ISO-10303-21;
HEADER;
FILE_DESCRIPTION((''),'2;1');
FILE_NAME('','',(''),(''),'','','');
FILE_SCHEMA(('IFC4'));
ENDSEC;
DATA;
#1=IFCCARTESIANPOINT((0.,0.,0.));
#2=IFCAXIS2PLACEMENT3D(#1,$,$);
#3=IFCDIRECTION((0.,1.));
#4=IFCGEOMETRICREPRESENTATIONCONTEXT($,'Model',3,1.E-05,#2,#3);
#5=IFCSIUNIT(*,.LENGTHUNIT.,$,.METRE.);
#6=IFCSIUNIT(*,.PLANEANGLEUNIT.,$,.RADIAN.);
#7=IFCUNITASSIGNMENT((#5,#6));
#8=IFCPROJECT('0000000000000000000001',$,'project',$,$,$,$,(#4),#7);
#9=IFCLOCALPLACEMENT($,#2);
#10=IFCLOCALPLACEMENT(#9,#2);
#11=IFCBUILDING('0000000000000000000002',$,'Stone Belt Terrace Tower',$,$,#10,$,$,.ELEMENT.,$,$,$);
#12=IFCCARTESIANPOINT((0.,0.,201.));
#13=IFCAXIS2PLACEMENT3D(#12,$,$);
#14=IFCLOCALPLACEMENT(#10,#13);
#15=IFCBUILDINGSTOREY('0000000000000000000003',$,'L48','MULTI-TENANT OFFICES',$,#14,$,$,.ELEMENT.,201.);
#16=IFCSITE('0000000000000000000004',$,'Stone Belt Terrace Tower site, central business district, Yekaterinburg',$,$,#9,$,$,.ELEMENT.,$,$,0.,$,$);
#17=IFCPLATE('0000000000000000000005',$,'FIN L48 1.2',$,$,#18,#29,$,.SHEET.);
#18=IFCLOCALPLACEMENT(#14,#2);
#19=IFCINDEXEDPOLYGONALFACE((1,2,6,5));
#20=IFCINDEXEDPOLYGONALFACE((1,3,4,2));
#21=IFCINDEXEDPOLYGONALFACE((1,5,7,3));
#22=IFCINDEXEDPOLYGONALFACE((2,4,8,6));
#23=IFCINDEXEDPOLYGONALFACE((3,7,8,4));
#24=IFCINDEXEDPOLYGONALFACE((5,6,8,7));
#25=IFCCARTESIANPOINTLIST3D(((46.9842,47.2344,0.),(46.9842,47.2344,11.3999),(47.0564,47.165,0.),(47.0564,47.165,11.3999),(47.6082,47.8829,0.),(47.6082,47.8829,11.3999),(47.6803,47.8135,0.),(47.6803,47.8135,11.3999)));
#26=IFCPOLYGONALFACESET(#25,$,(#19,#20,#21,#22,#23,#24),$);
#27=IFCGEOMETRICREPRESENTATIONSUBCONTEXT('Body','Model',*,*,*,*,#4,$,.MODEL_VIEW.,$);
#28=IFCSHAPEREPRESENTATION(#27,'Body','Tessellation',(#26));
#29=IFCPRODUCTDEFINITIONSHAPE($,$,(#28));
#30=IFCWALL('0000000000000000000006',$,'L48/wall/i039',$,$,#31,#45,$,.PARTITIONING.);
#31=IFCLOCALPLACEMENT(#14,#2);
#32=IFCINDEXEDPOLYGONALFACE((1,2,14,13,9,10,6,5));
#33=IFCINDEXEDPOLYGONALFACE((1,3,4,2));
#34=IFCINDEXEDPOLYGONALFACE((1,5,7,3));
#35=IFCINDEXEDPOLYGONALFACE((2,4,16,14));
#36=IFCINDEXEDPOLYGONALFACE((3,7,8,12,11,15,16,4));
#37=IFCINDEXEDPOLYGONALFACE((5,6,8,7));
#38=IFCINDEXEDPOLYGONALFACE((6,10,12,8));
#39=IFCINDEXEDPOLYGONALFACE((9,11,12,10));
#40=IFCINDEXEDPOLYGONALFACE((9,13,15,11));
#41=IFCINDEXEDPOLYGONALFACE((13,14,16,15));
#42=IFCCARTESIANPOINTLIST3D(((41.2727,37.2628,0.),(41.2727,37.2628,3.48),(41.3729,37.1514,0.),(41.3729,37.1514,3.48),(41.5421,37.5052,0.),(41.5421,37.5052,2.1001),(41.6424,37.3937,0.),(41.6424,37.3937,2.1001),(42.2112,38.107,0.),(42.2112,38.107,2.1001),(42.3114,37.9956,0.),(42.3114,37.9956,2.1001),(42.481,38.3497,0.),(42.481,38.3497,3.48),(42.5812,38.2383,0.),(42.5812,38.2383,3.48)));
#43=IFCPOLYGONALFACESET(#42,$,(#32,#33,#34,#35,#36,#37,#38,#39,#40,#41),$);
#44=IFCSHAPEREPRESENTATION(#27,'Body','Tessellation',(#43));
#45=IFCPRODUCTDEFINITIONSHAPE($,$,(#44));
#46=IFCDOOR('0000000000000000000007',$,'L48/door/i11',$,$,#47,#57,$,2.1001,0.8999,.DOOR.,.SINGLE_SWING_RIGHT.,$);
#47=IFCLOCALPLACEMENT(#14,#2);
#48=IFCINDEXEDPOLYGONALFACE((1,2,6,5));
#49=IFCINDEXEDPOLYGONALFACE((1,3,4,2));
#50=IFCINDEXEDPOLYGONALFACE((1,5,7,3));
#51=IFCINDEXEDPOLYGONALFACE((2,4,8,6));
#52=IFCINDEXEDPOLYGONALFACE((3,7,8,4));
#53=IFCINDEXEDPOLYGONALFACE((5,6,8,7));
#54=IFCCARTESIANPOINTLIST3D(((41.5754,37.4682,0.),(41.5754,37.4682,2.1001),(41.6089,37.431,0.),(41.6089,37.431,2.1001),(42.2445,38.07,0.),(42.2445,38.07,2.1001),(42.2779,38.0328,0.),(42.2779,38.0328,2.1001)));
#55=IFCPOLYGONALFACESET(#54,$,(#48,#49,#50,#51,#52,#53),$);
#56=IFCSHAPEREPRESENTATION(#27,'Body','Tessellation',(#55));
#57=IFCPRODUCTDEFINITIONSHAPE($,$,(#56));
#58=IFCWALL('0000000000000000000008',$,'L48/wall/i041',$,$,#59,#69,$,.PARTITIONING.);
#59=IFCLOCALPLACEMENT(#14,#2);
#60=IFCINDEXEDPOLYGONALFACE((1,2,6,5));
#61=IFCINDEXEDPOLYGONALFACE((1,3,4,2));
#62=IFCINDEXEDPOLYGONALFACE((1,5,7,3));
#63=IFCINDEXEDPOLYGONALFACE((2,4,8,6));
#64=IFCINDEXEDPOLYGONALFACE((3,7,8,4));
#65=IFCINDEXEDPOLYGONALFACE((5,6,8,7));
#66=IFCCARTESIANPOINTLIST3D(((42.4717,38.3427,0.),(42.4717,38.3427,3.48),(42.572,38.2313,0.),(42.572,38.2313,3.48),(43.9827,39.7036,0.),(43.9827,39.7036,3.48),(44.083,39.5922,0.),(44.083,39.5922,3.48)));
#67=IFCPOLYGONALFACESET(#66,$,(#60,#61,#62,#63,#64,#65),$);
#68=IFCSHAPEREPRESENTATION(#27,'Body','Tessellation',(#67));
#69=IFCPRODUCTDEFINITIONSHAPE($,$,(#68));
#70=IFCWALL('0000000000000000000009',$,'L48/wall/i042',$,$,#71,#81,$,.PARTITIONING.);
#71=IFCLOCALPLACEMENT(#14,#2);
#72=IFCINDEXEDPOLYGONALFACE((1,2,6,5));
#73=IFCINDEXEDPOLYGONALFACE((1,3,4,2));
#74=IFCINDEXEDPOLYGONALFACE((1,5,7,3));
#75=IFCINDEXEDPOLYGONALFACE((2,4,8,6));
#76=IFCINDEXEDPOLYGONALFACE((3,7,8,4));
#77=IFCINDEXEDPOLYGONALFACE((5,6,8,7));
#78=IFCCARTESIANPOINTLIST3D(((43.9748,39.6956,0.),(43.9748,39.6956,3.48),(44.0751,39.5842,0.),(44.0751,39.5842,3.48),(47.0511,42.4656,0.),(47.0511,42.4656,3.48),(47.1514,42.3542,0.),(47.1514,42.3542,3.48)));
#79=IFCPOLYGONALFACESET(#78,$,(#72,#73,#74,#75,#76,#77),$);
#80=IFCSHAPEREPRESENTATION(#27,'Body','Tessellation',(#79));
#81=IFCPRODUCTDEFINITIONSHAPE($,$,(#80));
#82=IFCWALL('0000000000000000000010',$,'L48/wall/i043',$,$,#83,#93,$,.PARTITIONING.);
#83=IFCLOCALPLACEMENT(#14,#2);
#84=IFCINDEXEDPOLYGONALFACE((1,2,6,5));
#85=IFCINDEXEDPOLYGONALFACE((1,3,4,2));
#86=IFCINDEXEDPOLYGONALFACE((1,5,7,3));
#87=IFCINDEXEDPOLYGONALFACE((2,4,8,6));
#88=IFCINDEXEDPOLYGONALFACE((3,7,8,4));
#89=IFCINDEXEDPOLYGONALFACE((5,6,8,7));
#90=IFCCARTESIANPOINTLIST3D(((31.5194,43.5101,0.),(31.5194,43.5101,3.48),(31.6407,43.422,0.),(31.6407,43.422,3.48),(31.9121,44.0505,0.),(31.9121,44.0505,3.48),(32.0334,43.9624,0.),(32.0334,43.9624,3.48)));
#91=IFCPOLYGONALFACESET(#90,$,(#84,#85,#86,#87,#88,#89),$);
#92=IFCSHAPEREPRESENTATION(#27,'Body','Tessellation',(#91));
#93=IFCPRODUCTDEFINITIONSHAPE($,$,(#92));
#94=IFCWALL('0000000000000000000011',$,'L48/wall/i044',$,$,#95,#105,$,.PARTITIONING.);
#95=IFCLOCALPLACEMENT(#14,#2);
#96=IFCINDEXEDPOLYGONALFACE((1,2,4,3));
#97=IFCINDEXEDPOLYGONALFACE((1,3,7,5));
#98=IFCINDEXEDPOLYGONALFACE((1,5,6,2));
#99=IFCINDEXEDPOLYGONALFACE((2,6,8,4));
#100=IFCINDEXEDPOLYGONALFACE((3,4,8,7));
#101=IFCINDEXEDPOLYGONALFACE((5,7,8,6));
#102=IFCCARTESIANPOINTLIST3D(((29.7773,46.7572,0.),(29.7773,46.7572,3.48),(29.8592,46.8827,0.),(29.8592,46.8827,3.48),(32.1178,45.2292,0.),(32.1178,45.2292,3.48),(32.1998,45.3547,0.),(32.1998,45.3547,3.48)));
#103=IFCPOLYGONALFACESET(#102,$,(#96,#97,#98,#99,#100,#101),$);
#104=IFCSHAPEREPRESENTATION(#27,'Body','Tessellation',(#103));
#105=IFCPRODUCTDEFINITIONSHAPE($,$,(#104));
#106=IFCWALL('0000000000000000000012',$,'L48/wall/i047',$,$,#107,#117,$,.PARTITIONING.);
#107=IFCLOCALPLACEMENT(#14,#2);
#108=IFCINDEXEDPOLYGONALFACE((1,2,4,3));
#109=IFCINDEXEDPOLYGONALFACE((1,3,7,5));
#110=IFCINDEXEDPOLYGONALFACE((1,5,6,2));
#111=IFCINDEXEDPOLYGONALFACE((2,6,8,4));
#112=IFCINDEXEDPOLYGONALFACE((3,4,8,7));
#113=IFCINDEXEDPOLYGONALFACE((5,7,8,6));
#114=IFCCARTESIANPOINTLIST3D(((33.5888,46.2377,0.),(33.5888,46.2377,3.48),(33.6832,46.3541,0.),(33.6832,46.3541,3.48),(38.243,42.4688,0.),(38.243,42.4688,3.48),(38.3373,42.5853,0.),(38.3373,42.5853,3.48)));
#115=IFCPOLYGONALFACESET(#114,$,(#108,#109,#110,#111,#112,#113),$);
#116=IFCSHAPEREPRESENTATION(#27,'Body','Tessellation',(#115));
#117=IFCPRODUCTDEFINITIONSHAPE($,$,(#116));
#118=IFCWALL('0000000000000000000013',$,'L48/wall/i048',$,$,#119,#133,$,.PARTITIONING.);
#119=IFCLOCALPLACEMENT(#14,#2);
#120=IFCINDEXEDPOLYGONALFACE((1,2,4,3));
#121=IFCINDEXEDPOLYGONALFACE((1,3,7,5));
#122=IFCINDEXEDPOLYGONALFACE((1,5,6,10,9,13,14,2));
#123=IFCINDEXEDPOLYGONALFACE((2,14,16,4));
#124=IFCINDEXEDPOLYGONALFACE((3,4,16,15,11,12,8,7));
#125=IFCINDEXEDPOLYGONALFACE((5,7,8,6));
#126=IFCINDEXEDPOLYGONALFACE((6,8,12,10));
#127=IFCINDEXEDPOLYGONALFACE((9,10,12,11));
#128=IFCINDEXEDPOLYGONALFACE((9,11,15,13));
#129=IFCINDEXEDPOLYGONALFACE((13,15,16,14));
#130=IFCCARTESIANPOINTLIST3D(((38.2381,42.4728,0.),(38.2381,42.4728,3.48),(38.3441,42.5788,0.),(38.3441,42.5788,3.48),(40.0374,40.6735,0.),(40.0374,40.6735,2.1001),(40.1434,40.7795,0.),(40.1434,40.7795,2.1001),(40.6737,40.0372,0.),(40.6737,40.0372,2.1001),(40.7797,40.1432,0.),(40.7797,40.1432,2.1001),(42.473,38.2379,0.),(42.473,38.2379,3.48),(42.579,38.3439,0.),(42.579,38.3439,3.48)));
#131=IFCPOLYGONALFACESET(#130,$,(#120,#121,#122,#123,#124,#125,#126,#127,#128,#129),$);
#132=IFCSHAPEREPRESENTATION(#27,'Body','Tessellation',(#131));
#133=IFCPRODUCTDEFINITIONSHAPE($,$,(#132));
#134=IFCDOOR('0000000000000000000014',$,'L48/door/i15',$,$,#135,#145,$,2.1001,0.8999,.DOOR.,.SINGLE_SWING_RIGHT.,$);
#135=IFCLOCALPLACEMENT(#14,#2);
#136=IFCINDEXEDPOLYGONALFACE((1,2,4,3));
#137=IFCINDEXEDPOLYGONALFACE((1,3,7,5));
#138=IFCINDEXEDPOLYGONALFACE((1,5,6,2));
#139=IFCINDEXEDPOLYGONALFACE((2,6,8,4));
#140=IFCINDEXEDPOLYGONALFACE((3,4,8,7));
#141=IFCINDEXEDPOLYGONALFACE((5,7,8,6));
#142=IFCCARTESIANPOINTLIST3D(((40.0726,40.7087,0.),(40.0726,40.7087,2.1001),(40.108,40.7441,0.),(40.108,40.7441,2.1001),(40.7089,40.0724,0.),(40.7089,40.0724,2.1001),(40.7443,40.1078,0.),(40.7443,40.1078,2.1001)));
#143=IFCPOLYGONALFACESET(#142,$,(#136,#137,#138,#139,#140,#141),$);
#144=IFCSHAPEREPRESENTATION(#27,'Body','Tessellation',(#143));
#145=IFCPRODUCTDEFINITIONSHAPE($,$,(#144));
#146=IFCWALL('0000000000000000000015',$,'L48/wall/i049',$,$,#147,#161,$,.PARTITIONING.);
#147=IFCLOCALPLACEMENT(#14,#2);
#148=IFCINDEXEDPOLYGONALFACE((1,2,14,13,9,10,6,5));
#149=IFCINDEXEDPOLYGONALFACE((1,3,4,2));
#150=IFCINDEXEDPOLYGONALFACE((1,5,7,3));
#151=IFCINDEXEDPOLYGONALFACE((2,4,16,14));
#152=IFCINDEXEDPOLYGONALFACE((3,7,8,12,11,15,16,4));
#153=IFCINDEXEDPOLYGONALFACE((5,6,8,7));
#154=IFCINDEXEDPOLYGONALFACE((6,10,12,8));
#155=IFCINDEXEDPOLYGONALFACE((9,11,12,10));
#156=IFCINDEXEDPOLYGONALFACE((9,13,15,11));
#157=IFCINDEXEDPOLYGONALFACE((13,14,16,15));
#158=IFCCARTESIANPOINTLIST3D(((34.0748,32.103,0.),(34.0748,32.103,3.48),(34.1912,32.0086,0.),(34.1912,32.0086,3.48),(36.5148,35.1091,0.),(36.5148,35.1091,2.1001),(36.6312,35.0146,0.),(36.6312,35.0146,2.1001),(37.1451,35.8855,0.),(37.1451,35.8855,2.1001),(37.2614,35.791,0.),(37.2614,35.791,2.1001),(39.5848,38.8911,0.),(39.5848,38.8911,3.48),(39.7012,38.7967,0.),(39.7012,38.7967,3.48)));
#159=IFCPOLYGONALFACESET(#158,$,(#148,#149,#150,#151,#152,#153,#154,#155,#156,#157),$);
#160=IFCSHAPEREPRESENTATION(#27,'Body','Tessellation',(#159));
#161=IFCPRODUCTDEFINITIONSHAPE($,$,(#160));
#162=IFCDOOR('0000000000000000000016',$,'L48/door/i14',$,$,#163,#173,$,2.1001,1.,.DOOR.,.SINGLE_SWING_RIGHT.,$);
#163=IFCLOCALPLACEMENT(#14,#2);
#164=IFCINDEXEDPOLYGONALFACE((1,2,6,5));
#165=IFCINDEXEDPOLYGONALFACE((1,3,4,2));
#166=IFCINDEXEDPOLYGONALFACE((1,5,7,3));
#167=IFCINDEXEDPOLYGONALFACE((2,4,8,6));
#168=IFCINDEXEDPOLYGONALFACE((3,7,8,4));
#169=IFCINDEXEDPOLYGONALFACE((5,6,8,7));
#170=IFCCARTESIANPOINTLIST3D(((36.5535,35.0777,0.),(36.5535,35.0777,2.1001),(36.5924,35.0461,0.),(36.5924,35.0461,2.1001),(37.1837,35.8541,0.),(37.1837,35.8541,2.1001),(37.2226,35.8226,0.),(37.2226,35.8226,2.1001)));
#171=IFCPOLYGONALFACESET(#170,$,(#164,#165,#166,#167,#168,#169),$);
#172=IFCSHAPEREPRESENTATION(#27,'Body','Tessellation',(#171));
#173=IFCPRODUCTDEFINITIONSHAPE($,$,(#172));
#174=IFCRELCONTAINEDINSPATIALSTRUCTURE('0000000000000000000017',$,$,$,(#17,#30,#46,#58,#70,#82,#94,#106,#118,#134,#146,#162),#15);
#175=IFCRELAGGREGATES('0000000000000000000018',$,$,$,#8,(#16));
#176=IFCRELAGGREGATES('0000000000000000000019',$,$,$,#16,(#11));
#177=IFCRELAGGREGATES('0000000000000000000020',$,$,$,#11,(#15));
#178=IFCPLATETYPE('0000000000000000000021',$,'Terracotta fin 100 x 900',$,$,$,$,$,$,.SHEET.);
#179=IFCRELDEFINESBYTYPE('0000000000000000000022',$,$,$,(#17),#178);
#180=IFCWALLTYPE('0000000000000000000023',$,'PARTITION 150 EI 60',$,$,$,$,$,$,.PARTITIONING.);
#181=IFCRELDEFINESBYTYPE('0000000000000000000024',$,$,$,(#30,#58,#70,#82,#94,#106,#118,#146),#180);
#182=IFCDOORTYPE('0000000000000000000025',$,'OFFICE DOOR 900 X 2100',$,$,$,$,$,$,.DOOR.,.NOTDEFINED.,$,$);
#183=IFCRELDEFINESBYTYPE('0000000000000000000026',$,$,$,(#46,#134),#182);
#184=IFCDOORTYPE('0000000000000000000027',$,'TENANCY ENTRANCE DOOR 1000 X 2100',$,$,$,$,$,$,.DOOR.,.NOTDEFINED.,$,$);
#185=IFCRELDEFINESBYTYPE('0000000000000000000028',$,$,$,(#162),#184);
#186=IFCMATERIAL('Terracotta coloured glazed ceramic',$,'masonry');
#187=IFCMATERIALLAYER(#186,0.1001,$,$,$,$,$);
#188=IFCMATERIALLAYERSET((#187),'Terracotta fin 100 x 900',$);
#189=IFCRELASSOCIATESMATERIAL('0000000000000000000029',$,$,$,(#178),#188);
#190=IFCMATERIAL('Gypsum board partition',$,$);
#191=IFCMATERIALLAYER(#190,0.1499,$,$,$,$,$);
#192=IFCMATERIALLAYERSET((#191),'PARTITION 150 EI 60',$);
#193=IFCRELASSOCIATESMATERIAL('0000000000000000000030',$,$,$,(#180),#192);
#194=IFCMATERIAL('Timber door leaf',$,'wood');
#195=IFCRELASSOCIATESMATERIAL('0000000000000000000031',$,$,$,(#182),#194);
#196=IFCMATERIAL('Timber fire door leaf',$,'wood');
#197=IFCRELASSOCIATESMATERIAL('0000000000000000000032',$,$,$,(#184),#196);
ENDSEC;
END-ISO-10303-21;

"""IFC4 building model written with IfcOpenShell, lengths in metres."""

from ifc_helpers import new_model, si_unit, direction, frame, frame_2d, origin, origin_2d, place, context, subcontext, project, spatial, rectangle, extrude, material, layer, layer_set, type_object, element, fill, save


model = new_model("IFC4")

# Units and contexts
model_context = context("Model", 3, precision=1e-05, world=origin(), true_north=direction((0.0, 1.0)))
body_context = subcontext(model_context, "Body", "Model", "MODEL_VIEW")
ifc_project = project(units=[si_unit("LENGTHUNIT", "METRE"), si_unit("PLANEANGLEUNIT", "RADIAN")], contexts=[model_context])

# Site, building, storey
site_placement = place(None, origin())
site = spatial("IfcSite", under=ifc_project, at=site_placement, Name="Stone Belt Terrace Tower site, central business district, Yekaterinburg", CompositionType="ELEMENT", RefElevation=0.0)
building_placement = place(site_placement, origin())
building = spatial("IfcBuilding", under=site, at=building_placement, Name="Stone Belt Terrace Tower", CompositionType="ELEMENT")
storey_placement = place(building_placement, frame((0.0, 0.0, 201.0)))
storey = spatial("IfcBuildingStorey", under=building, at=storey_placement, Name="L48", Description="MULTI-TENANT OFFICES", CompositionType="ELEMENT", Elevation=201.0)

# Plate
ifc_material_1 = material(Name="Terracotta coloured glazed ceramic", Category="masonry")
ifc_layer_1 = layer(ifc_material_1, 0.1001)
ifc_layer_set_1 = layer_set([ifc_layer_1], Name="Terracotta fin 100 x 900")
plate_type_1 = type_object("IfcPlateType", Name="Terracotta fin 100 x 900", PredefinedType="SHEET", material=ifc_layer_set_1)
for number, where, z_axis, x_axis, name in (
    (1, (47.3323, 47.5239, 0.0), (0.0, 0.0, 1.0), (0.693346, 0.720604, 0.0), "FIN L48 1.2"),
):
    element("IfcPlate", number, at=place(storey_placement, frame(where, z_axis=z_axis, x_axis=x_axis)), inside=storey, type_object=plate_type_1, Name=name, PredefinedType="SHEET", context=body_context, shape_type="SweptSolid", body=[
        extrude(rectangle(XDim=0.8999, YDim=0.1001, at=origin_2d()), origin(), (0.0, 0.0, 1.0), 11.3999),
    ])

# Wall, opening, door
ifc_material_2 = material(Name="Gypsum board partition")
ifc_layer_2 = layer(ifc_material_2, 0.1499)
ifc_layer_set_2 = layer_set([ifc_layer_2], Name="PARTITION 150 EI 60")
wall_type = type_object("IfcWallType", Name="PARTITION 150 EI 60", PredefinedType="PARTITIONING", material=ifc_layer_set_2)
wall_1_placement = place(storey_placement, frame((42.531, 38.2939, 0.0), z_axis=(0.0, 0.0, 1.0), x_axis=(-0.743451, -0.66879, 0.0)))
wall_1 = element("IfcWall", 2, at=wall_1_placement, inside=storey, type_object=wall_type, Name="L48/wall/i039", PredefinedType="PARTITIONING", context=body_context, shape_type="SweptSolid", body=[
    extrude(rectangle(XDim=1.6252, YDim=0.1499, at=frame_2d((0.8125, 0.0))), origin(), (0.0, 0.0, 1.0), 3.48),
])
opening_1_placement = place(wall_1_placement, frame((0.3628, 0.0, 0.0)))
opening_1 = element("IfcOpeningElement", 3, at=opening_1_placement, cuts=wall_1, PredefinedType="OPENING", context=body_context, shape_type="SweptSolid", body=[
    extrude(rectangle(XDim=0.8999, YDim=2.1001, at=frame_2d((0.45, 1.05))), frame((0.0, 0.085, 0.0), z_axis=(0.0, -1.0, 0.0), x_axis=(1.0, 0.0, 0.0)), (0.0, 0.0, 1.0), 0.1699),
])
ifc_material_3 = material(Name="Timber door leaf", Category="wood")
door_type_1 = type_object("IfcDoorType", Name="OFFICE DOOR 900 X 2100", OperationType="NOTDEFINED", PredefinedType="DOOR", material=ifc_material_3)
door_1_placement = place(opening_1_placement, origin())
door_1 = element("IfcDoor", 4, at=door_1_placement, inside=storey, type_object=door_type_1, Name="L48/door/i11", OperationType="SINGLE_SWING_RIGHT", OverallHeight=2.1001, OverallWidth=0.8999, PredefinedType="DOOR", context=body_context, shape_type="SweptSolid", body=[
    extrude(rectangle(XDim=0.8999, YDim=2.1001, at=frame_2d((0.45, 1.05))), frame((0.0, 0.0249, 0.0), z_axis=(0.0, -1.0, 0.0), x_axis=(1.0, 0.0, 0.0)), (0.0, 0.0, 1.0), 0.05),
])
fill(opening_1, door_1)

# Walls
wall_2_placement = place(storey_placement, frame((42.522, 38.2871, 0.0), z_axis=(0.0, 0.0, 1.0), x_axis=(0.743061, 0.669223, 0.0)))
element("IfcWall", 5, at=wall_2_placement, inside=storey, type_object=wall_type, Name="L48/wall/i041", PredefinedType="PARTITIONING", context=body_context, shape_type="SweptSolid", body=[
    extrude(rectangle(XDim=2.0334, YDim=0.1499, at=frame_2d((1.0166, 0.0))), origin(), (0.0, 0.0, 1.0), 3.48),
])
wall_3_placement = place(storey_placement, frame((44.0249, 39.6399, 0.0), z_axis=(0.0, 0.0, 1.0), x_axis=(0.743145, 0.669131, 0.0)))
element("IfcWall", 6, at=wall_3_placement, inside=storey, type_object=wall_type, Name="L48/wall/i042", PredefinedType="PARTITIONING", context=body_context, shape_type="SweptSolid", body=[
    extrude(rectangle(XDim=4.1396, YDim=0.1499, at=frame_2d((2.0698, 0.0))), origin(), (0.0, 0.0, 1.0), 3.48),
])
wall_4_placement = place(storey_placement, frame((31.5801, 43.4661, 0.0), z_axis=(0.0, 0.0, 1.0), x_axis=(0.587824, 0.808989, 0.0)))
element("IfcWall", 7, at=wall_4_placement, inside=storey, type_object=wall_type, Name="L48/wall/i043", PredefinedType="PARTITIONING", context=body_context, shape_type="SweptSolid", body=[
    extrude(rectangle(XDim=0.668, YDim=0.1499, at=frame_2d((0.334, 0.0))), origin(), (0.0, 0.0, 1.0), 3.48),
])
wall_5_placement = place(storey_placement, frame((32.1587, 45.292, 0.0), z_axis=(0.0, 0.0, 1.0), x_axis=(-0.837346, 0.546673, 0.0)))
element("IfcWall", 8, at=wall_5_placement, inside=storey, type_object=wall_type, Name="L48/wall/i044", PredefinedType="PARTITIONING", context=body_context, shape_type="SweptSolid", body=[
    extrude(rectangle(XDim=2.7952, YDim=0.1499, at=frame_2d((1.3975, 0.0))), origin(), (0.0, 0.0, 1.0), 3.48),
])
wall_6_placement = place(storey_placement, frame((33.636, 46.2959, 0.0), z_axis=(0.0, 0.0, 1.0), x_axis=(0.777144, -0.629323, 0.0)))
element("IfcWall", 9, at=wall_6_placement, inside=storey, type_object=wall_type, Name="L48/wall/i047", PredefinedType="PARTITIONING", context=body_context, shape_type="SweptSolid", body=[
    extrude(rectangle(XDim=5.9888, YDim=0.1499, at=frame_2d((2.9944, 0.0))), origin(), (0.0, 0.0, 1.0), 3.48),
])

# Walls, openings, doors
wall_7_placement = place(storey_placement, frame((38.291, 42.5259, 0.0), z_axis=(0.0, 0.0, 1.0), x_axis=(0.707107, -0.707107, 0.0)))
wall_7 = element("IfcWall", 10, at=wall_7_placement, inside=storey, type_object=wall_type, Name="L48/wall/i048", PredefinedType="PARTITIONING", context=body_context, shape_type="SweptSolid", body=[
    extrude(rectangle(XDim=5.989, YDim=0.1499, at=frame_2d((2.9946, 0.0))), origin(), (0.0, 0.0, 1.0), 3.48),
])
opening_2_placement = place(wall_7_placement, frame((2.5447, 0.0, 0.0)))
opening_2 = element("IfcOpeningElement", 11, at=opening_2_placement, cuts=wall_7, PredefinedType="OPENING", context=body_context, shape_type="SweptSolid", body=[
    extrude(rectangle(XDim=0.8999, YDim=2.1001, at=frame_2d((0.45, 1.05))), frame((0.0, 0.085, 0.0), z_axis=(0.0, -1.0, 0.0), x_axis=(1.0, 0.0, 0.0)), (0.0, 0.0, 1.0), 0.1699),
])
door_2_placement = place(opening_2_placement, origin())
door_2 = element("IfcDoor", 12, at=door_2_placement, inside=storey, type_object=door_type_1, Name="L48/door/i15", OperationType="SINGLE_SWING_RIGHT", OverallHeight=2.1001, OverallWidth=0.8999, PredefinedType="DOOR", context=body_context, shape_type="SweptSolid", body=[
    extrude(rectangle(XDim=0.8999, YDim=2.1001, at=frame_2d((0.45, 1.05))), frame((0.0, 0.0249, 0.0), z_axis=(0.0, -1.0, 0.0), x_axis=(1.0, 0.0, 0.0)), (0.0, 0.0, 1.0), 0.05),
])
fill(opening_2, door_2)
wall_8_placement = place(storey_placement, frame((39.6431, 38.844, 0.0), z_axis=(0.0, 0.0, 1.0), x_axis=(-0.630227, -0.776411, 0.0)))
wall_8 = element("IfcWall", 13, at=wall_8_placement, inside=storey, type_object=wall_type, Name="L48/wall/i049", PredefinedType="PARTITIONING", context=body_context, shape_type="SweptSolid", body=[
    extrude(rectangle(XDim=8.7429, YDim=0.1499, at=frame_2d((4.3716, 0.0))), origin(), (0.0, 0.0, 1.0), 3.48),
])
opening_3_placement = place(wall_8_placement, frame((3.8713, 0.0, 0.0)))
opening_3 = element("IfcOpeningElement", 14, at=opening_3_placement, cuts=wall_8, PredefinedType="OPENING", context=body_context, shape_type="SweptSolid", body=[
    extrude(rectangle(XDim=1.0, YDim=2.1001, at=frame_2d((0.5, 1.05))), frame((0.0, 0.085, 0.0), z_axis=(0.0, -1.0, 0.0), x_axis=(1.0, 0.0, 0.0)), (0.0, 0.0, 1.0), 0.1699),
])
ifc_material_4 = material(Name="Timber fire door leaf", Category="wood")
door_type_2 = type_object("IfcDoorType", Name="TENANCY ENTRANCE DOOR 1000 X 2100", OperationType="NOTDEFINED", PredefinedType="DOOR", material=ifc_material_4)
door_3_placement = place(opening_3_placement, origin())
door_3 = element("IfcDoor", 15, at=door_3_placement, inside=storey, type_object=door_type_2, Name="L48/door/i14", OperationType="SINGLE_SWING_RIGHT", OverallHeight=2.1001, OverallWidth=1.0, PredefinedType="DOOR", context=body_context, shape_type="SweptSolid", body=[
    extrude(rectangle(XDim=1.0, YDim=2.1001, at=frame_2d((0.5, 1.05))), frame((0.0, 0.0249, 0.0), z_axis=(0.0, -1.0, 0.0), x_axis=(1.0, 0.0, 0.0)), (0.0, 0.0, 1.0), 0.05),
])
fill(opening_3, door_3)

save(model, "model.ifc")
